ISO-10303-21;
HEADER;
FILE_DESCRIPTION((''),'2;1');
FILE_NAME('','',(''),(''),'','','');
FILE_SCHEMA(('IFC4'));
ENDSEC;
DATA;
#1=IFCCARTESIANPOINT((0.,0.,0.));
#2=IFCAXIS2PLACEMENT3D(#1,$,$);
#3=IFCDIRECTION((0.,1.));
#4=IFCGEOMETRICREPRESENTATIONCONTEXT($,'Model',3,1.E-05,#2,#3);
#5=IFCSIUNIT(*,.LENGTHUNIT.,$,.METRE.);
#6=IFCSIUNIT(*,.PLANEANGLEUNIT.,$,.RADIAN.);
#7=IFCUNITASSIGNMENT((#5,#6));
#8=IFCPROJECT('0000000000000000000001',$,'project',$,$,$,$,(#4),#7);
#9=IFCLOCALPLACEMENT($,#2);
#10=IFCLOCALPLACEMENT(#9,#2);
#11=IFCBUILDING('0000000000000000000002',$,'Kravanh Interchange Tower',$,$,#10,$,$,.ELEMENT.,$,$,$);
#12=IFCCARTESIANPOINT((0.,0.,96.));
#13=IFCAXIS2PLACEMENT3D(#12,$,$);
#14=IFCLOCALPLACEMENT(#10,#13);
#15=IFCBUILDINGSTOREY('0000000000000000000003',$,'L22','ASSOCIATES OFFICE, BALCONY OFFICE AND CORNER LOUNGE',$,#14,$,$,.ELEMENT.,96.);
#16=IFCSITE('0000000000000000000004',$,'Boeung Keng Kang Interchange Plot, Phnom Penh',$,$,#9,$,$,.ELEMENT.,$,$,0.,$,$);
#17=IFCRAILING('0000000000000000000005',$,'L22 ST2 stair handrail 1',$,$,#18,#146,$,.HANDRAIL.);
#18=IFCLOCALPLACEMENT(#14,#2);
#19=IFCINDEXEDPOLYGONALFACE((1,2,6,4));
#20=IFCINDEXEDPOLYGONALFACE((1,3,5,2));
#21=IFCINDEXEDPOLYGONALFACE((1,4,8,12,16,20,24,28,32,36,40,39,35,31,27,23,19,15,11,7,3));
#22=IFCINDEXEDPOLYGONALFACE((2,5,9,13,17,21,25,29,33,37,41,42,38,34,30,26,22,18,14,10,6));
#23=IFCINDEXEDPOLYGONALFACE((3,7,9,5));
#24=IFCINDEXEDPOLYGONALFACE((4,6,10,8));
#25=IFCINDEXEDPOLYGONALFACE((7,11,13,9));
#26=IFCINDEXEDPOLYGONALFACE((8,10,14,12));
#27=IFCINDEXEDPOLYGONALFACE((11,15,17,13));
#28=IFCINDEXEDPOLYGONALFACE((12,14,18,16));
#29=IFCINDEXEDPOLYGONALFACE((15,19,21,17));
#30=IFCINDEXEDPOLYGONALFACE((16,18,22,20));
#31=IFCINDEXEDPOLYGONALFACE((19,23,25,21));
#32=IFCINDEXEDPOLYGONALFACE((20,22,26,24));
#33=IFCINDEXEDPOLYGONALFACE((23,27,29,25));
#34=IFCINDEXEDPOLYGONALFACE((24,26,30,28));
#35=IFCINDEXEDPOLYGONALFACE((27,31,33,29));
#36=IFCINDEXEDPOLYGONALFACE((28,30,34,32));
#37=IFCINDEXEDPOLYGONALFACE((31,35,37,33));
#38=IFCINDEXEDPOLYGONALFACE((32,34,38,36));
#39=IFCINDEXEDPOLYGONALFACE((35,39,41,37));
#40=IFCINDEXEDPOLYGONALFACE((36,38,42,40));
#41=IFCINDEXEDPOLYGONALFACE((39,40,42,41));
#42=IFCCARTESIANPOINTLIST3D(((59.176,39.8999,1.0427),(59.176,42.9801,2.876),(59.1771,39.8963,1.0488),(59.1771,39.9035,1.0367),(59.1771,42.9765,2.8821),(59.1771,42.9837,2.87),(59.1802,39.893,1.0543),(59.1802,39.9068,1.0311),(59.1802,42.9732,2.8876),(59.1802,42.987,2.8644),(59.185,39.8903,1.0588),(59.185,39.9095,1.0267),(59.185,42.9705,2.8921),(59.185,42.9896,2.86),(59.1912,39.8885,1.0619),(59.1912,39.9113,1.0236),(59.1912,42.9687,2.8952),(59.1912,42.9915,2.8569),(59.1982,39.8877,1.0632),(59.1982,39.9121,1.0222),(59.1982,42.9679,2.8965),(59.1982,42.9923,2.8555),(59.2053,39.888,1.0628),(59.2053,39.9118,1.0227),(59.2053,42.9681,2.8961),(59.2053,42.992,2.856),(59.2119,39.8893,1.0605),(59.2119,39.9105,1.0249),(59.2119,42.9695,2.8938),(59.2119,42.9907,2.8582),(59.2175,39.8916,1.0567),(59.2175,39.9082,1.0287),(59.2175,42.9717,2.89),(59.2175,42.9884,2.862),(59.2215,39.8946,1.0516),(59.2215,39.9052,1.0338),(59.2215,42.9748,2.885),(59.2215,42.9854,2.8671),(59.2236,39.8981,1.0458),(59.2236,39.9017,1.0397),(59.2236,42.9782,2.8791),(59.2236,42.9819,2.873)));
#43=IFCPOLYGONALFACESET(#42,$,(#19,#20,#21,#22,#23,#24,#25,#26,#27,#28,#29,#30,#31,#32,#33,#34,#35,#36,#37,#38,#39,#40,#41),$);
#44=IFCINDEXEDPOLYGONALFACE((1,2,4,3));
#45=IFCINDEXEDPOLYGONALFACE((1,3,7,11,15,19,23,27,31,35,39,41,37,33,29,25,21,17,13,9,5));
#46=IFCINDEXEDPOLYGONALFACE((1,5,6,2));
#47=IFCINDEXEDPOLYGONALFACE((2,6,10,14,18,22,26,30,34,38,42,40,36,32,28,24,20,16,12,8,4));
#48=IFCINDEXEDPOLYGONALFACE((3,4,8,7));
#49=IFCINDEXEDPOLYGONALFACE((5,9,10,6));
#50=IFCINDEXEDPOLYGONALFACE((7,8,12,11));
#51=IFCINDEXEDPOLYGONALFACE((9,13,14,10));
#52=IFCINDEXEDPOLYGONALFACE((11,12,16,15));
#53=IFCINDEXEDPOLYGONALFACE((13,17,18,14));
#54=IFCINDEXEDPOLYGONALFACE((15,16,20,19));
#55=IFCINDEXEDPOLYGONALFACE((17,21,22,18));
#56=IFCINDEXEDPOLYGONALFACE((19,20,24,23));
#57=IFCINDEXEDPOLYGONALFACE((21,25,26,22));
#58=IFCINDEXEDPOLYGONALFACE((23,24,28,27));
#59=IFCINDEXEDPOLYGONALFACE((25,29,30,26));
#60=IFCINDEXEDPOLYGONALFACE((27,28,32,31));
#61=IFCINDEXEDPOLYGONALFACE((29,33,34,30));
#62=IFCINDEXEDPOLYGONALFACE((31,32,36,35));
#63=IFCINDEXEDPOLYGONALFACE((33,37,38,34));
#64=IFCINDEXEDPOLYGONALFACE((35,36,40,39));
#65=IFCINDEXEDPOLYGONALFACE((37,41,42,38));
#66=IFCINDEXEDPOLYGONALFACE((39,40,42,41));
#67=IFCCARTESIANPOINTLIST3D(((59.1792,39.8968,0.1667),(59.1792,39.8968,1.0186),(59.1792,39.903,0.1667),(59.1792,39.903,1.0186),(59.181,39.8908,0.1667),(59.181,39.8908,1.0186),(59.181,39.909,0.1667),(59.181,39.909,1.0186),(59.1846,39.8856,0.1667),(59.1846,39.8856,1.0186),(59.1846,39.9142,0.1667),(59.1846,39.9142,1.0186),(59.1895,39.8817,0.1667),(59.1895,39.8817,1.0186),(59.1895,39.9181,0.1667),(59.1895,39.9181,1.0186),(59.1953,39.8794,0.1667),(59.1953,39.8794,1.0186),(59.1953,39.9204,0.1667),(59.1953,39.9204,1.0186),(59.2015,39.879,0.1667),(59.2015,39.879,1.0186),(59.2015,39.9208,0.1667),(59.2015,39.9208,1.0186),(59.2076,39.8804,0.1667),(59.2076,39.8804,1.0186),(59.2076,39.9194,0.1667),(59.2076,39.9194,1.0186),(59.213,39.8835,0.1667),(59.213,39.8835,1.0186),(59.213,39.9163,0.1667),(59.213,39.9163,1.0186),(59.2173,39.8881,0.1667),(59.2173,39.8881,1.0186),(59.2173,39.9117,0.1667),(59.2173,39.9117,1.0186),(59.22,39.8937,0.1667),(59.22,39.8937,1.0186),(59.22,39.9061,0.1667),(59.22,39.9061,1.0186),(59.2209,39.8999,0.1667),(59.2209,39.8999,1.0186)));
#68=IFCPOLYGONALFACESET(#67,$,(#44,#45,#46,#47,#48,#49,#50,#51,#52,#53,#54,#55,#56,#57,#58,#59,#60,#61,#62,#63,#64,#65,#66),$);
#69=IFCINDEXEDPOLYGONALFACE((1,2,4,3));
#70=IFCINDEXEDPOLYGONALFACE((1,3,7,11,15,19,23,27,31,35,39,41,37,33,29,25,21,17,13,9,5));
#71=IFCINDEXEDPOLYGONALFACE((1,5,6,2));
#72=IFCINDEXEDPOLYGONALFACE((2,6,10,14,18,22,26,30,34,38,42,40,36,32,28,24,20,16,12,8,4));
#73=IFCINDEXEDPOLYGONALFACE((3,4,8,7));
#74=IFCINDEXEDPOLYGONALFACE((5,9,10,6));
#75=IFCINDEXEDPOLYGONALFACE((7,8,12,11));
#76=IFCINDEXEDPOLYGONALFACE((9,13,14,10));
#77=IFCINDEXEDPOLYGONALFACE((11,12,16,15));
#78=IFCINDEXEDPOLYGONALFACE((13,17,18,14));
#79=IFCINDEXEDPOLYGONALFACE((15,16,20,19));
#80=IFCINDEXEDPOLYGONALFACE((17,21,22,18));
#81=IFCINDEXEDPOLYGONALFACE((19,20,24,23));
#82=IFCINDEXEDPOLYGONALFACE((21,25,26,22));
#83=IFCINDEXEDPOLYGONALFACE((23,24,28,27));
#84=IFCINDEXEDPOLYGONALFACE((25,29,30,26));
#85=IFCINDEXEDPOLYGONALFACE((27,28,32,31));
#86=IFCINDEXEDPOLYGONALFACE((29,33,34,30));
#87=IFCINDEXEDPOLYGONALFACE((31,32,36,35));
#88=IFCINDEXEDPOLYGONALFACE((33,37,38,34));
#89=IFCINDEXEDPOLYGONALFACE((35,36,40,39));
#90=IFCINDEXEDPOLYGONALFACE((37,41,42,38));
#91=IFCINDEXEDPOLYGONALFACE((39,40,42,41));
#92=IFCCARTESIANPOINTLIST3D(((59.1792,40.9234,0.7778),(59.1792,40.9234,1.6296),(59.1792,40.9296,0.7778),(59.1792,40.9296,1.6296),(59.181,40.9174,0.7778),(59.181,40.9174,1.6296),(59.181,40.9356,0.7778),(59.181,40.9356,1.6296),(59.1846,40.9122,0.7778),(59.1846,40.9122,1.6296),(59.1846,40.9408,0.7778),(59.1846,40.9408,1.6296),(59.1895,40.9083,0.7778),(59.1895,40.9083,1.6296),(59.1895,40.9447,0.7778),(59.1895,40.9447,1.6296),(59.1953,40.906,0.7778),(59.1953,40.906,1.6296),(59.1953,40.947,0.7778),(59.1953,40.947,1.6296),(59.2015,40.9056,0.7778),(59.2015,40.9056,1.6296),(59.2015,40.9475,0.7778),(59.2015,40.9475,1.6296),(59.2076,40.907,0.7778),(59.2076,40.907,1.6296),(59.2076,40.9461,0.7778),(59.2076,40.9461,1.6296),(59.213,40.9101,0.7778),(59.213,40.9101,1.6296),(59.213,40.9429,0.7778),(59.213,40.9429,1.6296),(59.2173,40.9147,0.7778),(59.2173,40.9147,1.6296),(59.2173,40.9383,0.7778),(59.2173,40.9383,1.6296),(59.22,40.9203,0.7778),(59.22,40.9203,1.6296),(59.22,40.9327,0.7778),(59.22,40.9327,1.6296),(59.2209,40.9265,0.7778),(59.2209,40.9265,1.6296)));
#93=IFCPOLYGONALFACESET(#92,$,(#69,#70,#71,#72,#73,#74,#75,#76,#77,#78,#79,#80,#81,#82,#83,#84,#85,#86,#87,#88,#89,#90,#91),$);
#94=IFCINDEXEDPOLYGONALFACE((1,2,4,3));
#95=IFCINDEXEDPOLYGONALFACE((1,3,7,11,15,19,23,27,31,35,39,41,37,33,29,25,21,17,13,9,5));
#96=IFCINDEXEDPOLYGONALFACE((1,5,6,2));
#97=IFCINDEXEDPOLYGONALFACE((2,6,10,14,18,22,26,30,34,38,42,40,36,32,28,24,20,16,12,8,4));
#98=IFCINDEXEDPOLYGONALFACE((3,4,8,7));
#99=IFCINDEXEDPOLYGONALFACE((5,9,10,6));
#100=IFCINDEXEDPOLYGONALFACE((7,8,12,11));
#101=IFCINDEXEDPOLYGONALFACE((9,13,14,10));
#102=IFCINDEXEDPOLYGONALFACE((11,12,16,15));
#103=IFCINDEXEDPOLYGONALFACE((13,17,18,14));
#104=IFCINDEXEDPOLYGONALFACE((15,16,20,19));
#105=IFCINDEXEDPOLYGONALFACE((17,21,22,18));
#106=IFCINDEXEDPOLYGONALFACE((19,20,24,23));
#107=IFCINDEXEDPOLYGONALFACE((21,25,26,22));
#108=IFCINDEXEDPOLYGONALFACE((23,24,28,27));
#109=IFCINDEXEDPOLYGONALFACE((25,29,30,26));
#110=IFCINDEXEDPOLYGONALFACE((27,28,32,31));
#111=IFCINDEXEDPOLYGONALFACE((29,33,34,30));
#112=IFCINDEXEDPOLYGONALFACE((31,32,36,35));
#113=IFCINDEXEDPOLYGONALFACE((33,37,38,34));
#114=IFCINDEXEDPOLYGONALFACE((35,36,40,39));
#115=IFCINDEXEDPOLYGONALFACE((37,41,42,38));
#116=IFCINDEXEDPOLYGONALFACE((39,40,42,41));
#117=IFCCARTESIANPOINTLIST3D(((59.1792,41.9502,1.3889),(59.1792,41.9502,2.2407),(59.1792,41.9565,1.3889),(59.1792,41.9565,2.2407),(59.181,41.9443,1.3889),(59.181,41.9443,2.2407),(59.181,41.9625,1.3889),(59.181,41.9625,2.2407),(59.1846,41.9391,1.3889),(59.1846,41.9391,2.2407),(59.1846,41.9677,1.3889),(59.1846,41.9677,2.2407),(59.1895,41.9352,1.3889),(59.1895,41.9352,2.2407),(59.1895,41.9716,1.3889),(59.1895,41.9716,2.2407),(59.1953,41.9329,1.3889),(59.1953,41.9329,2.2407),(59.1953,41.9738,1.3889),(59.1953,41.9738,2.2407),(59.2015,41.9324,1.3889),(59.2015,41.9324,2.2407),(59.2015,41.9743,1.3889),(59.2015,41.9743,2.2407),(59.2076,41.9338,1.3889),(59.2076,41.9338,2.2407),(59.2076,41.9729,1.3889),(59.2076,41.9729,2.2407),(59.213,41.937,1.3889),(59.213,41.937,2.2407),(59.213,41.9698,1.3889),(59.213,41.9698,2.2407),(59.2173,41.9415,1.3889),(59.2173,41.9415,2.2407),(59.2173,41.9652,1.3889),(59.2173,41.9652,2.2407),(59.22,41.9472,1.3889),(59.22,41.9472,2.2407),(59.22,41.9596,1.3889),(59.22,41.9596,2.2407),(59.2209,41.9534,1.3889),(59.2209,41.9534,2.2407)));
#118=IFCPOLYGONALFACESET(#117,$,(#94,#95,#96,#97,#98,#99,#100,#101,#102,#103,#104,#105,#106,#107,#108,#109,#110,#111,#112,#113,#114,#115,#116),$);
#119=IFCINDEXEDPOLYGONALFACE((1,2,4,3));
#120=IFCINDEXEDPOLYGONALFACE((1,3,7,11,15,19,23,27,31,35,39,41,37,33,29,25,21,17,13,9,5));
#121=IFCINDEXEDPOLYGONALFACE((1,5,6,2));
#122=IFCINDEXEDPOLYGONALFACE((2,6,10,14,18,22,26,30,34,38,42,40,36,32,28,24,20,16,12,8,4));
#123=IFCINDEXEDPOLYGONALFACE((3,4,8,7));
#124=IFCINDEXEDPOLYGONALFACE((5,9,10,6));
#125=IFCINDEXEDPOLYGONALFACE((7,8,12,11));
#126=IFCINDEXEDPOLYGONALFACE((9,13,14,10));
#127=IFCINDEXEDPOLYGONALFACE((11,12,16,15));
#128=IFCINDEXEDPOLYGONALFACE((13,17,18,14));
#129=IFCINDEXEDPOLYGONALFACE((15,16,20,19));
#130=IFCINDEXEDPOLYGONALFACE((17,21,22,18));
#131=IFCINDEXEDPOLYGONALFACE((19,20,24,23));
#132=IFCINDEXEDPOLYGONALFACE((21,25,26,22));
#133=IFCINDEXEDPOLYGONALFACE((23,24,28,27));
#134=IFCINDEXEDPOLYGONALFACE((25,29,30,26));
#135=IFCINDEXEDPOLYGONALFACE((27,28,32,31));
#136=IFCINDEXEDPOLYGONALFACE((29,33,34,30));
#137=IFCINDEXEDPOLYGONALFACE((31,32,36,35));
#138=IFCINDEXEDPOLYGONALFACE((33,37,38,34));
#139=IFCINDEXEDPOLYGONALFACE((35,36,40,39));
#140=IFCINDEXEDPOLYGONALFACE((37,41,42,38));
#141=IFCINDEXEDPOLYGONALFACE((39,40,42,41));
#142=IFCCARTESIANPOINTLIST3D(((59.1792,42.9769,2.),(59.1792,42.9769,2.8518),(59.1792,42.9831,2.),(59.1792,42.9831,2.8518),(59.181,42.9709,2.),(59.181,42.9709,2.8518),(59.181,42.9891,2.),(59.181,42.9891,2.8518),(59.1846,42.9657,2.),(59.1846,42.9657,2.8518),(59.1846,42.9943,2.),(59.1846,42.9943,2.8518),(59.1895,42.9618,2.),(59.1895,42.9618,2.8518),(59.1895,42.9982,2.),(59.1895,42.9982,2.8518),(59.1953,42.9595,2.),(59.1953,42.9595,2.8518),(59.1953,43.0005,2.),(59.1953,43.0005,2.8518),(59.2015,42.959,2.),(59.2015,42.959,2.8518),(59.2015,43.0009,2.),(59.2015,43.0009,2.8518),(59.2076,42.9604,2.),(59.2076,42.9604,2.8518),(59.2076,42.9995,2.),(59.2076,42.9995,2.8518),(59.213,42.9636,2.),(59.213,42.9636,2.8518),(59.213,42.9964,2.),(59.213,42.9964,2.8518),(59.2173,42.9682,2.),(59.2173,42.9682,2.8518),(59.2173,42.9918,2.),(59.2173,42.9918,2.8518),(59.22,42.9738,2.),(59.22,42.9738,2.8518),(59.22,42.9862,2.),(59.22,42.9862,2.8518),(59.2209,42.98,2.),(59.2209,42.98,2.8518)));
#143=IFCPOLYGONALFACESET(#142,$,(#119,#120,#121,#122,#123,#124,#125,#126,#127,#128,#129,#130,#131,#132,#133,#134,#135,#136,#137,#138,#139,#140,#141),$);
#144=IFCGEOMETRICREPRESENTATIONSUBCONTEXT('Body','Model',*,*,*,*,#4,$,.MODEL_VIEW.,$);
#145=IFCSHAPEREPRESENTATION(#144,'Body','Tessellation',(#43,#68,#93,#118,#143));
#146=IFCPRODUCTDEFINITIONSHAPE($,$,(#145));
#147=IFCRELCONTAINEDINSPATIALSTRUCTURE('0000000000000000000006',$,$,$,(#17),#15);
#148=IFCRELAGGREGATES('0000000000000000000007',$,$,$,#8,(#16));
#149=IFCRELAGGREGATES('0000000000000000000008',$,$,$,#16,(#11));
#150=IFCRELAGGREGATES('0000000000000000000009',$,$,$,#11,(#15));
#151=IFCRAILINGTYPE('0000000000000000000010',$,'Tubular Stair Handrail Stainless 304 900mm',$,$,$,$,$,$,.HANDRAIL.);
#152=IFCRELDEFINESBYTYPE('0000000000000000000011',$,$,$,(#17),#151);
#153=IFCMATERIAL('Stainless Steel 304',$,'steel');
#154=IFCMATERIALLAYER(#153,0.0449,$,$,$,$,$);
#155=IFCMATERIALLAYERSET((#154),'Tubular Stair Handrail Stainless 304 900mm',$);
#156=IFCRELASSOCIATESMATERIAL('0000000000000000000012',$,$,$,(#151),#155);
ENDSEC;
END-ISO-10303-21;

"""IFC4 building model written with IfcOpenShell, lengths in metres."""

from ifc_helpers import new_model, si_unit, direction, frame, origin, origin_2d, place, context, subcontext, project, spatial, circle, extrude, material, layer, layer_set, type_object, element, save


model = new_model("IFC4")

# Units and contexts
model_context = context("Model", 3, precision=1e-05, world=origin(), true_north=direction((0.0, 1.0)))
body_context = subcontext(model_context, "Body", "Model", "MODEL_VIEW")
ifc_project = project(units=[si_unit("LENGTHUNIT", "METRE"), si_unit("PLANEANGLEUNIT", "RADIAN")], contexts=[model_context])

# Site, building, storey
site_placement = place(None, origin())
site = spatial("IfcSite", under=ifc_project, at=site_placement, Name="Boeung Keng Kang Interchange Plot, Phnom Penh", CompositionType="ELEMENT", RefElevation=0.0)
building_placement = place(site_placement, origin())
building = spatial("IfcBuilding", under=site, at=building_placement, Name="Kravanh Interchange Tower", CompositionType="ELEMENT")
storey_placement = place(building_placement, frame((0.0, 0.0, 96.0)))
storey = spatial("IfcBuildingStorey", under=building, at=storey_placement, Name="L22", Description="ASSOCIATES OFFICE, BALCONY OFFICE AND CORNER LOUNGE", CompositionType="ELEMENT", Elevation=96.0)

# Railing
ifc_material_1 = material(Name="Stainless Steel 304", Category="steel")
ifc_layer_1 = layer(ifc_material_1, 0.0449)
ifc_layer_set_1 = layer_set([ifc_layer_1], Name="Tubular Stair Handrail Stainless 304 900mm")
railing_type_1 = type_object("IfcRailingType", Name="Tubular Stair Handrail Stainless 304 900mm", PredefinedType="HANDRAIL", material=ifc_layer_set_1)
railing_1_placement = place(storey_placement, frame((59.2, 39.8999, 0.1667)))
element("IfcRailing", 1, at=railing_1_placement, inside=storey, type_object=railing_type_1, Name="L22 ST2 stair handrail 1", PredefinedType="HANDRAIL", context=body_context, shape_type="SweptSolid", body=[
    extrude(circle(Radius=0.0239, at=origin_2d()), frame((0.0, 0.0, 0.876), z_axis=(0.0, 0.859309, 0.511458), x_axis=(-1.0, 0.0, 0.0)), (0.0, 0.0, 1.0), 3.5845),
    extrude(circle(Radius=0.021, at=origin_2d()), origin(), (0.0, 0.0, 1.0), 0.8518),
    extrude(circle(Radius=0.021, at=origin_2d()), frame((0.0, 1.0266, 0.6111)), (0.0, 0.0, 1.0), 0.8518),
    extrude(circle(Radius=0.021, at=origin_2d()), frame((0.0, 2.0535, 1.2222)), (0.0, 0.0, 1.0), 0.8518),
    extrude(circle(Radius=0.021, at=origin_2d()), frame((0.0, 3.0801, 1.8333)), (0.0, 0.0, 1.0), 0.8518),
])

save(model, "model.ifc")
